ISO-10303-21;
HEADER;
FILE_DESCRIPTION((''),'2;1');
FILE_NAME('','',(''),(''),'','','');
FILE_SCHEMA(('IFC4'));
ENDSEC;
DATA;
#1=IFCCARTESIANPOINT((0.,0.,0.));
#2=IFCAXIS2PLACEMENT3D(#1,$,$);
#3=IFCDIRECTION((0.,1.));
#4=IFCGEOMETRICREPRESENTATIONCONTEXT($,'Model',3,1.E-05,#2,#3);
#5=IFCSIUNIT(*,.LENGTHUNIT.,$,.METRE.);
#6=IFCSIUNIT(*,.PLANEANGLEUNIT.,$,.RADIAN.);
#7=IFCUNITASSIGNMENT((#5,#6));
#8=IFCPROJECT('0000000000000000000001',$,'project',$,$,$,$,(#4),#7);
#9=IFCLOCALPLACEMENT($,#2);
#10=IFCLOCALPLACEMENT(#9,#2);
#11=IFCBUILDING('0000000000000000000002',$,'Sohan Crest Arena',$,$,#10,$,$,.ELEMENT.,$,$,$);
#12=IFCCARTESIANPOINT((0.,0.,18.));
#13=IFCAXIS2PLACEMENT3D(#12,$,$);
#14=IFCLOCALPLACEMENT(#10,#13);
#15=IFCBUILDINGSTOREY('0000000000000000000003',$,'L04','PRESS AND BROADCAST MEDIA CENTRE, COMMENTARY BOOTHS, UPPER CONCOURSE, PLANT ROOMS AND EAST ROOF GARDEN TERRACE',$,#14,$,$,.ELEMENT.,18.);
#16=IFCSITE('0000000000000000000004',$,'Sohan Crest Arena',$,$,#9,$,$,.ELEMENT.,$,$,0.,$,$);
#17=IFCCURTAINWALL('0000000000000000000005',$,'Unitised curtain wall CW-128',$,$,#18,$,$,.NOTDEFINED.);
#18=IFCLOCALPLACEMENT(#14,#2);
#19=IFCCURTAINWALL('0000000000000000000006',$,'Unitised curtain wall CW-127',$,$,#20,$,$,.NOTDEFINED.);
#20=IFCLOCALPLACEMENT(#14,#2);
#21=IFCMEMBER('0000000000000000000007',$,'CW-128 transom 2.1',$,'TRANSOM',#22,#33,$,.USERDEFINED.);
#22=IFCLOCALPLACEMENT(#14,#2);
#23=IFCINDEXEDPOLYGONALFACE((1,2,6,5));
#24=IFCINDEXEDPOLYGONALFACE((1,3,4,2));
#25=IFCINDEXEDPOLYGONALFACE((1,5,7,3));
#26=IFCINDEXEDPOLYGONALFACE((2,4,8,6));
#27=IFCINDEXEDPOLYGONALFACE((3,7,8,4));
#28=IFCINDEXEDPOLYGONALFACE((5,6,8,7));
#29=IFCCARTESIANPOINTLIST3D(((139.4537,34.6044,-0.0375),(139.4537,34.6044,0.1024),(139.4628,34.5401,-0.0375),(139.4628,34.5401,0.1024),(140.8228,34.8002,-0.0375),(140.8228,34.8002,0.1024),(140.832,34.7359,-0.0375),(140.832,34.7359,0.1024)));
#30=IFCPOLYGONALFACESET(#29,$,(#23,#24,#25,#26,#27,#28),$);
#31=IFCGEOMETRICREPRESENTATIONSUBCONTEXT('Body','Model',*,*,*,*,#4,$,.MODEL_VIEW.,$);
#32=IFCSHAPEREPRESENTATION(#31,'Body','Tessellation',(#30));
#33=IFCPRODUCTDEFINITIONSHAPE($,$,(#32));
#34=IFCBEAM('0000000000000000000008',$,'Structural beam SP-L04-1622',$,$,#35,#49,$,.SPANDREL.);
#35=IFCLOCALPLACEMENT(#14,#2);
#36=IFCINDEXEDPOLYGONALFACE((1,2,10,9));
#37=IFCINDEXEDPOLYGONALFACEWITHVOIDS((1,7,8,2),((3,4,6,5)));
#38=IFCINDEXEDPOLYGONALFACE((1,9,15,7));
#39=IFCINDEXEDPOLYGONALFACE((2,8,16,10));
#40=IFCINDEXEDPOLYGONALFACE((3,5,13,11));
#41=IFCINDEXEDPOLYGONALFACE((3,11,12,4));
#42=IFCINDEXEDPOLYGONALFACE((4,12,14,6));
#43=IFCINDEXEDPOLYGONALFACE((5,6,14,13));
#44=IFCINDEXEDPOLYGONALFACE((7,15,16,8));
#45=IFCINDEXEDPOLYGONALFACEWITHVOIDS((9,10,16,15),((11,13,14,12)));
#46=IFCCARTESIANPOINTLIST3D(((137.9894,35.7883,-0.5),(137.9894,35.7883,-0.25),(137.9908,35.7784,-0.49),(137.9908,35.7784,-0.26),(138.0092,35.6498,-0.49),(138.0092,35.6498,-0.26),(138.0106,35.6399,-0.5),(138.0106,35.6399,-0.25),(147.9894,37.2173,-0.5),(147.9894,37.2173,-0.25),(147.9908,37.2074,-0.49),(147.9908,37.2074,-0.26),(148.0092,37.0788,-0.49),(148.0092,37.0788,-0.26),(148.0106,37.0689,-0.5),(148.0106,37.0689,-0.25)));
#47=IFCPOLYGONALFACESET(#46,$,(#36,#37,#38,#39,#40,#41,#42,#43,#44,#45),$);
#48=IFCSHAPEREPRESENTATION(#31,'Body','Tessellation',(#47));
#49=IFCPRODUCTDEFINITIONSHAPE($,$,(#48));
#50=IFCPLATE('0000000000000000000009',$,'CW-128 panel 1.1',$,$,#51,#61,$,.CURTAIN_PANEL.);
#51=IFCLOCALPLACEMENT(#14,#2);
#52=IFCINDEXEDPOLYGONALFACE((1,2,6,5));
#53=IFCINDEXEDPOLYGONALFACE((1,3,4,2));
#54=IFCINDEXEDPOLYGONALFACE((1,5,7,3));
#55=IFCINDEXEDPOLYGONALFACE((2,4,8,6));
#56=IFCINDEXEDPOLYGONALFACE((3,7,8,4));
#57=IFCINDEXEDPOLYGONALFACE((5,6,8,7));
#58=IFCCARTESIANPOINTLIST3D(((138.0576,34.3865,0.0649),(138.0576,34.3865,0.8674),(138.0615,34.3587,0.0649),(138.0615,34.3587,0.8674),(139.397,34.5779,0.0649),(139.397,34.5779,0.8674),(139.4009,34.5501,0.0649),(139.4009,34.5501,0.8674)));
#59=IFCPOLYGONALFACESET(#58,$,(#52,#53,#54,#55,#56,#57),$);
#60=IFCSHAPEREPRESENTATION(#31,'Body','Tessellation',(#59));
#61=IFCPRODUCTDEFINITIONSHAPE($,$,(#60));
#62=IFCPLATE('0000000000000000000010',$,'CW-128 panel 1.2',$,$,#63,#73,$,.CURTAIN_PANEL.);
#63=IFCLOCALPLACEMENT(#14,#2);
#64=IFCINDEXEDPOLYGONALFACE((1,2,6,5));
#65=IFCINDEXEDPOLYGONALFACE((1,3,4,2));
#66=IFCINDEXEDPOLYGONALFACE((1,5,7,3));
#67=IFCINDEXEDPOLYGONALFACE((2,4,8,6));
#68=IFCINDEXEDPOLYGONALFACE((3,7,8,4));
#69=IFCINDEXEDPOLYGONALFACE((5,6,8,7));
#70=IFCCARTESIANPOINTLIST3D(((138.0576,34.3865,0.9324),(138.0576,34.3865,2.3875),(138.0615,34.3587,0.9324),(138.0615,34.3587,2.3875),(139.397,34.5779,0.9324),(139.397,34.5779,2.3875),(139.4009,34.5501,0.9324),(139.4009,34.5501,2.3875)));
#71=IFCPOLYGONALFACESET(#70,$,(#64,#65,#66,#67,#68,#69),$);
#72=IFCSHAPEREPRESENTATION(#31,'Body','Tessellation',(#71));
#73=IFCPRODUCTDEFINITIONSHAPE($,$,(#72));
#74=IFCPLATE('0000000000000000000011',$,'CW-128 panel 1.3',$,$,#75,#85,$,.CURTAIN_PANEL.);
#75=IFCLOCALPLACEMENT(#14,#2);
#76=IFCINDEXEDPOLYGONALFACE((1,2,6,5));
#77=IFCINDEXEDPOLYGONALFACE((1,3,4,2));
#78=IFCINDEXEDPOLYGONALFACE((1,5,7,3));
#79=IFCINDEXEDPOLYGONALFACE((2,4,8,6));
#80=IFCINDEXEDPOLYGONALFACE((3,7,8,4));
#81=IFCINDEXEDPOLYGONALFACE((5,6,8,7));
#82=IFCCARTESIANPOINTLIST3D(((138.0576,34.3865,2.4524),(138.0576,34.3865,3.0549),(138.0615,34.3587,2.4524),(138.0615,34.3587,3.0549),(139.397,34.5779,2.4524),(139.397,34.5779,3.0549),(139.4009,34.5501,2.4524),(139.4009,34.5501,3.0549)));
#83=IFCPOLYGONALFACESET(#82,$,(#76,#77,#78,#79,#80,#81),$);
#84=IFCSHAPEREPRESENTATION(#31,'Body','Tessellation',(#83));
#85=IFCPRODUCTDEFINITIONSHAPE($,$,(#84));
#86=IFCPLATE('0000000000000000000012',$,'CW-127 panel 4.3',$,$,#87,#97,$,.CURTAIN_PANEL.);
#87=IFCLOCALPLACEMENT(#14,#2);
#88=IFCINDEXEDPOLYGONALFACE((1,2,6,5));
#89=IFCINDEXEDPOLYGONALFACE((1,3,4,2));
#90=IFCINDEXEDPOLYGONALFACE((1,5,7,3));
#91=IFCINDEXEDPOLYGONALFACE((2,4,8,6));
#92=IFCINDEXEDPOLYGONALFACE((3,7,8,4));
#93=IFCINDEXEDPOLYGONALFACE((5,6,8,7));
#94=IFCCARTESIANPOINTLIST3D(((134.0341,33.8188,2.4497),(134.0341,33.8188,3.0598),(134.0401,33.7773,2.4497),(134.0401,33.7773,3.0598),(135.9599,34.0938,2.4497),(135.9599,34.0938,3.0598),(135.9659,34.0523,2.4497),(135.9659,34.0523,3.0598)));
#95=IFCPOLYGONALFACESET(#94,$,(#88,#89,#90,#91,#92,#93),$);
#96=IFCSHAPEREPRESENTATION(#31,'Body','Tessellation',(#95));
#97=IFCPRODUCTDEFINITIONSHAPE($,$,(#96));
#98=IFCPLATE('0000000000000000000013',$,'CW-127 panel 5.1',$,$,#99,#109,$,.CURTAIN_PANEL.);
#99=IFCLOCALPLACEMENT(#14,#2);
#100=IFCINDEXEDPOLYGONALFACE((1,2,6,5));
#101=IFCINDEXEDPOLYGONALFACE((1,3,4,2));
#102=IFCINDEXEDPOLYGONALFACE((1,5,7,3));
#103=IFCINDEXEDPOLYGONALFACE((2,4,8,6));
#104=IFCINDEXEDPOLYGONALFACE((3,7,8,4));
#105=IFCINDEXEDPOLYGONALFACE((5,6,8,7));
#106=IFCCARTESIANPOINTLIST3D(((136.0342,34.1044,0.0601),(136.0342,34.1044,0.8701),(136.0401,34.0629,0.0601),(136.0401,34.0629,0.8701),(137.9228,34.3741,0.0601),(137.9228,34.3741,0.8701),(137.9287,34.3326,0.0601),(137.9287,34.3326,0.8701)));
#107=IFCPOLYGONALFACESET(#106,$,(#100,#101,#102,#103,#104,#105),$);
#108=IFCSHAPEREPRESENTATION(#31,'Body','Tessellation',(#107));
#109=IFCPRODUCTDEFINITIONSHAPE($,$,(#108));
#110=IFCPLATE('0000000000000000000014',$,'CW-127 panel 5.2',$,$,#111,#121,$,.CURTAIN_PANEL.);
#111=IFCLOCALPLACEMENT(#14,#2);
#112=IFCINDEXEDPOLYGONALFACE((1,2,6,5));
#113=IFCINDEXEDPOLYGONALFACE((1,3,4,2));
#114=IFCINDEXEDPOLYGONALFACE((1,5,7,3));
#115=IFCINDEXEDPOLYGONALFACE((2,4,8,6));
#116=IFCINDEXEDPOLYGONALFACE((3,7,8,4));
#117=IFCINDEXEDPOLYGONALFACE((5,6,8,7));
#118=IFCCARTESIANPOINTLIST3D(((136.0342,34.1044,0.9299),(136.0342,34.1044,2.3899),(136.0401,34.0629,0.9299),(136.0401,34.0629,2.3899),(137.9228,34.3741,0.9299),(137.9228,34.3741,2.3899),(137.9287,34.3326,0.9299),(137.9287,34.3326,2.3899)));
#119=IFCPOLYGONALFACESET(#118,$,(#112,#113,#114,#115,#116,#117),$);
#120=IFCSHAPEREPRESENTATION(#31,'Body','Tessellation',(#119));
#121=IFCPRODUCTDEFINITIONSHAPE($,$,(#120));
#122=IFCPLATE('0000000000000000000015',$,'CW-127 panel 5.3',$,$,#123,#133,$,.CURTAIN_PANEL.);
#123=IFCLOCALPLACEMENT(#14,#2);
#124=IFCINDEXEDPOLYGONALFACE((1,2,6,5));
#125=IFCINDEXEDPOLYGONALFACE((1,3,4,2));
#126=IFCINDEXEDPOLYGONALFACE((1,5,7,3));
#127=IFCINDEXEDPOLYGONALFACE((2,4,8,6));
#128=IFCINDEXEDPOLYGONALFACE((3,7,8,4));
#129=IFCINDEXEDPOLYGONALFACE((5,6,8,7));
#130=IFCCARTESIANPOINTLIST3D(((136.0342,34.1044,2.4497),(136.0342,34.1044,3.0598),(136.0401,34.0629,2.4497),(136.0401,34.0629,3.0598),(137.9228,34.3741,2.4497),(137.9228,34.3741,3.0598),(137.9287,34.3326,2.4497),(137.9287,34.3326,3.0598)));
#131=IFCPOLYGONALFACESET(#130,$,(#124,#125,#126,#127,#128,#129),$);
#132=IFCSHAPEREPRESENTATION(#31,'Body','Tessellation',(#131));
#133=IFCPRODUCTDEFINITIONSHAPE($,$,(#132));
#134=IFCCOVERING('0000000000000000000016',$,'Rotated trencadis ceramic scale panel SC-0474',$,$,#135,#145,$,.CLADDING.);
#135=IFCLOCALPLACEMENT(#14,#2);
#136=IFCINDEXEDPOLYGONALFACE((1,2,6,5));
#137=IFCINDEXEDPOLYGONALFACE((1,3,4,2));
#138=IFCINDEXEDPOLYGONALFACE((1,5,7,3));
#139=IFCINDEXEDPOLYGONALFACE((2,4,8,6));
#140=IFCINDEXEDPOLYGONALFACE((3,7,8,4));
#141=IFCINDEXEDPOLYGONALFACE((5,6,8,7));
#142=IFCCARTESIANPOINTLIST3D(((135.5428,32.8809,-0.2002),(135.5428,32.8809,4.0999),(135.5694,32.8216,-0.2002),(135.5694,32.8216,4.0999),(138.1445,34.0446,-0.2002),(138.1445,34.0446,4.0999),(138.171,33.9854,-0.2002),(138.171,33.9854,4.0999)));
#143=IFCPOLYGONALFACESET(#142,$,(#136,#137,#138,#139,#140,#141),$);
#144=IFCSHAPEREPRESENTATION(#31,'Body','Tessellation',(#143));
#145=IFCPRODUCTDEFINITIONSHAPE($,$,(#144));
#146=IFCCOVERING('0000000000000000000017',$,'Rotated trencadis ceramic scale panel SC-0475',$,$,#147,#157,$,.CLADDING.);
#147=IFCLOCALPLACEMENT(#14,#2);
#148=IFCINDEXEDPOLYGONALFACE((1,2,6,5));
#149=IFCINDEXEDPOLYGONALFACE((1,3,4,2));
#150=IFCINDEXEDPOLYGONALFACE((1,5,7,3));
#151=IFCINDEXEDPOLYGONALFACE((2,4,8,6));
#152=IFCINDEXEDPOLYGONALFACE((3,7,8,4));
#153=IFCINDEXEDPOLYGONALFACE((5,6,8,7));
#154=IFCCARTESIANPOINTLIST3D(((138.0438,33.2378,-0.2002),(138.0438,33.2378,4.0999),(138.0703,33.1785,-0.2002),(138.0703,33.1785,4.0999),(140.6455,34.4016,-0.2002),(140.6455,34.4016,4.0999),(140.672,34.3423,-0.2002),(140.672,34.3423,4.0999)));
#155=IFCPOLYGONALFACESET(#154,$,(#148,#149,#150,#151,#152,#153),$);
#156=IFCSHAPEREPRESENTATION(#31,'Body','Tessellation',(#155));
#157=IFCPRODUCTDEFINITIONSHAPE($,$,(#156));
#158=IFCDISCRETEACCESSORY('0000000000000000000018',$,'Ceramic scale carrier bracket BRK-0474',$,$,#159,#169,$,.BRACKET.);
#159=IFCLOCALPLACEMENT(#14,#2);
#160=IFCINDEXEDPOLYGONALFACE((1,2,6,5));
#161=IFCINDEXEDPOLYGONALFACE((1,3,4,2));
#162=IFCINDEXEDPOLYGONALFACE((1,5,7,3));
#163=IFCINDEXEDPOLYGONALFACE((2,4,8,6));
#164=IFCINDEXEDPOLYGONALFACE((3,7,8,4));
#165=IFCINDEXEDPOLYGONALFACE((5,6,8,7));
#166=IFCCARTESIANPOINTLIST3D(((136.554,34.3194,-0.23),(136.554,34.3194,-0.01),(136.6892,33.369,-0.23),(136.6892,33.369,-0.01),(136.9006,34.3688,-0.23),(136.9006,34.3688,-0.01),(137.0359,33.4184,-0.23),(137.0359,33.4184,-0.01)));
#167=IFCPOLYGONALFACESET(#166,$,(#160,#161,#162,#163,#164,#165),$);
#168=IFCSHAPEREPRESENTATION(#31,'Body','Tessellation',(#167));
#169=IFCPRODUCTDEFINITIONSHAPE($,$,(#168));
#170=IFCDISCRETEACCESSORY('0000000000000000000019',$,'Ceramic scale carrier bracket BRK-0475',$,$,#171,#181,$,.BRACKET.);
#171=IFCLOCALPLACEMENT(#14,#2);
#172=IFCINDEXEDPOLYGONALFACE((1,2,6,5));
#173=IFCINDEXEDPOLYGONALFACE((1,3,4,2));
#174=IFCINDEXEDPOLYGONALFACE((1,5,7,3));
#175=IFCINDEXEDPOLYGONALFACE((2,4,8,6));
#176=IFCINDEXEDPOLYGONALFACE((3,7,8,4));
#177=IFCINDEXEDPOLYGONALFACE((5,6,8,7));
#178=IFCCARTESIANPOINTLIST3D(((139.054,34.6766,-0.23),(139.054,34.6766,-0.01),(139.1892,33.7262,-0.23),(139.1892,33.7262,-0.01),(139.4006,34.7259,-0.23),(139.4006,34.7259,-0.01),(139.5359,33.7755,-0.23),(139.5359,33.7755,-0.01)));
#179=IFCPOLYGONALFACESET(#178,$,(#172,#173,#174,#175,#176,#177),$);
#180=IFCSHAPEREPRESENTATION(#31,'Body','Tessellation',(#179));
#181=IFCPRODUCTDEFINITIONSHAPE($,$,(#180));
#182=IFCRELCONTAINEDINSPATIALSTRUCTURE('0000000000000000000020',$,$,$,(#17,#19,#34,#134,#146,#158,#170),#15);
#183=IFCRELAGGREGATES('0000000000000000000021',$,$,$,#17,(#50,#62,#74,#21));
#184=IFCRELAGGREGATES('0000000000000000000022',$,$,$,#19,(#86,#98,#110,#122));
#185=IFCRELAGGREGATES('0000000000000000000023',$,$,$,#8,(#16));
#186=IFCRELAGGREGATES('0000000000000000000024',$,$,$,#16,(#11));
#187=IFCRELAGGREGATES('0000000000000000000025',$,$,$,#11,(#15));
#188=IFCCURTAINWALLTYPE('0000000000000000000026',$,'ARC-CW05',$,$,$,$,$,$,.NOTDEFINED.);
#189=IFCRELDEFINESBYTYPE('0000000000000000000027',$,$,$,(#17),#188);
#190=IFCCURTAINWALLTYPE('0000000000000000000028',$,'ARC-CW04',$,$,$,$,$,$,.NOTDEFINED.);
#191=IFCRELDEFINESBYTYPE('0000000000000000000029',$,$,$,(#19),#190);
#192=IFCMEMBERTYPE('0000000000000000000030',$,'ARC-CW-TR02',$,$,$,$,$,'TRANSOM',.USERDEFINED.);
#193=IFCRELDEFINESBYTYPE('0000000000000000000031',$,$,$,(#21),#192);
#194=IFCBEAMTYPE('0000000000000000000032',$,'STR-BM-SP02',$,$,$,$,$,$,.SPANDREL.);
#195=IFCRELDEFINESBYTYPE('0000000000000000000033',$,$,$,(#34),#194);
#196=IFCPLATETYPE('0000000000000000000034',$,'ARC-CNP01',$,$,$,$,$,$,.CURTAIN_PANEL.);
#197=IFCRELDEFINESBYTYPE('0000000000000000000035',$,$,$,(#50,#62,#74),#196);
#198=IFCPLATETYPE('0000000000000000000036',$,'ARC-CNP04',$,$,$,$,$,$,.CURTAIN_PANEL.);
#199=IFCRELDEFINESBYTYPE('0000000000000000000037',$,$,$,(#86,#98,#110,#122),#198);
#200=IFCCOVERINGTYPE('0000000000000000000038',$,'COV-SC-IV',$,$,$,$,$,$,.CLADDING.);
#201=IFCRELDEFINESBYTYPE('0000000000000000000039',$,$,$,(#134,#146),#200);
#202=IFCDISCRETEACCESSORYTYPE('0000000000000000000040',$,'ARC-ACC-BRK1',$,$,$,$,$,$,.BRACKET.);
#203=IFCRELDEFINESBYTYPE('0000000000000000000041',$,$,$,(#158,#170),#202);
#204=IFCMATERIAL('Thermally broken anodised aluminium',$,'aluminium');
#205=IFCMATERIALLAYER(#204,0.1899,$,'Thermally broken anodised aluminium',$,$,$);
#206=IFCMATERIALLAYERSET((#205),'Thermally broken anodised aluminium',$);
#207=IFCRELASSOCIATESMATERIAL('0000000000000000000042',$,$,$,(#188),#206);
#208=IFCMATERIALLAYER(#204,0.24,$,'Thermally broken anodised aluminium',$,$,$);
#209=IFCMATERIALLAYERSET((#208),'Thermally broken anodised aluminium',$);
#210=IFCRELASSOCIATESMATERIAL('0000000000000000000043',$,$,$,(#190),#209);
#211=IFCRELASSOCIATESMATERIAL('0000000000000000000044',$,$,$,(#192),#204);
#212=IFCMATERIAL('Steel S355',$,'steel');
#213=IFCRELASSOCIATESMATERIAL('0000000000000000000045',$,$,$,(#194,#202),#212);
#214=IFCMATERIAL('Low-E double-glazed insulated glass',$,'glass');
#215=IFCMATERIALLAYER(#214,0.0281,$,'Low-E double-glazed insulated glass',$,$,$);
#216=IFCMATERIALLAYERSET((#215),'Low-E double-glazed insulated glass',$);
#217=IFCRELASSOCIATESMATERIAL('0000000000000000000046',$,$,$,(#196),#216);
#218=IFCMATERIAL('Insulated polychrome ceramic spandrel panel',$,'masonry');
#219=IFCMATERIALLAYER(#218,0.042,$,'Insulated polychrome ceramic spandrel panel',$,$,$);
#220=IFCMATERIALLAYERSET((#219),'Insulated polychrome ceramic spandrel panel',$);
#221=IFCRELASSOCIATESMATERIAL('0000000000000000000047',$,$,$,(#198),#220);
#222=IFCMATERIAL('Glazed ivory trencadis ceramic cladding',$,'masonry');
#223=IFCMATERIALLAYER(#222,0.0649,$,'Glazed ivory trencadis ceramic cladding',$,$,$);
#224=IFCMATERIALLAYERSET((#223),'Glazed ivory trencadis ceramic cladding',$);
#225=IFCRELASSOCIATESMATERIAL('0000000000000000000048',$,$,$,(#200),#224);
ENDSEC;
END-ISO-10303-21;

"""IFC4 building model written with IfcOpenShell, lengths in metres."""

from ifc_helpers import new_model, si_unit, direction, frame, origin, origin_2d, place, context, subcontext, project, spatial, rectangle, hollow_rectangle, extrude, material, layer, layer_set, material_profile, profile_set, type_object, element, aggregate, save


model = new_model("IFC4")

# Units and contexts
model_context = context("Model", 3, precision=1e-05, world=origin(), true_north=direction((0.0, 1.0)))
body_context = subcontext(model_context, "Body", "Model", "MODEL_VIEW")
ifc_project = project(units=[si_unit("LENGTHUNIT", "METRE"), si_unit("PLANEANGLEUNIT", "RADIAN")], contexts=[model_context])

# Site, building, storey
site_placement = place(None, origin())
site = spatial("IfcSite", under=ifc_project, at=site_placement, Name="Sohan Crest Arena", CompositionType="ELEMENT", RefElevation=0.0)
building_placement = place(site_placement, origin())
building = spatial("IfcBuilding", under=site, at=building_placement, Name="Sohan Crest Arena", CompositionType="ELEMENT")
storey_placement = place(building_placement, frame((0.0, 0.0, 18.0)))
storey = spatial("IfcBuildingStorey", under=building, at=storey_placement, Name="L04", Description="PRESS AND BROADCAST MEDIA CENTRE, COMMENTARY BOOTHS, UPPER CONCOURSE, PLANT ROOMS AND EAST ROOF GARDEN TERRACE", CompositionType="ELEMENT", Elevation=18.0)

# Shared definitions
ifc_material_1 = material(Name="Steel S355", Category="steel")

# Curtain walls
ifc_material_2 = material(Name="Thermally broken anodised aluminium", Category="aluminium")
ifc_layer_1 = layer(ifc_material_2, 0.1899, Name="Thermally broken anodised aluminium")
ifc_layer_set_1 = layer_set([ifc_layer_1], Name="Thermally broken anodised aluminium")
curtain_wall_type_1 = type_object("IfcCurtainWallType", Name="ARC-CW05", PredefinedType="NOTDEFINED", material=ifc_layer_set_1)
curtain_wall_1_placement = place(storey_placement, origin())
curtain_wall_1 = element("IfcCurtainWall", 1, at=curtain_wall_1_placement, inside=storey, type_object=curtain_wall_type_1, Name="Unitised curtain wall CW-128", PredefinedType="NOTDEFINED")
ifc_layer_2 = layer(ifc_material_2, 0.24, Name="Thermally broken anodised aluminium")
ifc_layer_set_2 = layer_set([ifc_layer_2], Name="Thermally broken anodised aluminium")
curtain_wall_type_2 = type_object("IfcCurtainWallType", Name="ARC-CW04", PredefinedType="NOTDEFINED", material=ifc_layer_set_2)
curtain_wall_2_placement = place(storey_placement, origin())
curtain_wall_2 = element("IfcCurtainWall", 2, at=curtain_wall_2_placement, inside=storey, type_object=curtain_wall_type_2, Name="Unitised curtain wall CW-127", PredefinedType="NOTDEFINED")

# Member
ifc_material_profile_1 = material_profile(ifc_material_2, rectangle(XDim=0.0649, YDim=0.1399, at=origin_2d()), Name="ALU-TRAN 65x140")
ifc_profile_set_1 = profile_set([ifc_material_profile_1], Name="Thermally broken anodised aluminium")
member_type_1 = type_object("IfcMemberType", Name="ARC-CW-TR02", ElementType="TRANSOM", PredefinedType="USERDEFINED", material=ifc_profile_set_1)
member_1_placement = place(storey_placement, frame((139.4583, 34.5723, 0.0325), z_axis=(0.989928, 0.14157, 0.0), x_axis=(-0.14157, 0.989928, 0.0)))
member_1 = element("IfcMember", 3, at=member_1_placement, type_object=member_type_1, Name="CW-128 transom 2.1", ObjectType="TRANSOM", PredefinedType="USERDEFINED", context=body_context, shape_type="SweptSolid", body=[
    extrude(rectangle(XDim=0.0649, YDim=0.1399, at=origin_2d()), origin(), (0.0, 0.0, 1.0), 1.3831),
])

# Beam
ifc_material_profile_2 = material_profile(ifc_material_1, hollow_rectangle(XDim=0.1499, YDim=0.25, WallThickness=0.01, at=origin_2d()), Name="RHS 250x150x10")
ifc_profile_set_2 = profile_set([ifc_material_profile_2], Name="Steel S355")
beam_type = type_object("IfcBeamType", Name="STR-BM-SP02", PredefinedType="SPANDREL", material=ifc_profile_set_2)
beam_placement = place(storey_placement, frame((138.0, 35.7141, -0.375), z_axis=(0.989944, 0.141459, 0.0), x_axis=(-0.141459, 0.989944, 0.0)))
element("IfcBeam", 4, at=beam_placement, inside=storey, type_object=beam_type, Name="Structural beam SP-L04-1622", PredefinedType="SPANDREL", context=body_context, shape_type="SweptSolid", body=[
    extrude(hollow_rectangle(XDim=0.1499, YDim=0.25, WallThickness=0.01, at=origin_2d()), origin(), (0.0, 0.0, 1.0), 10.1016),
])

# Plates
ifc_material_3 = material(Name="Low-E double-glazed insulated glass", Category="glass")
ifc_layer_3 = layer(ifc_material_3, 0.0281, Name="Low-E double-glazed insulated glass")
ifc_layer_set_3 = layer_set([ifc_layer_3], Name="Low-E double-glazed insulated glass")
plate_type_1 = type_object("IfcPlateType", Name="ARC-CNP01", PredefinedType="CURTAIN_PANEL", material=ifc_layer_set_3)
plate_1_placement = place(storey_placement, frame((138.7292, 34.4683, 0.0649), z_axis=(0.0, 0.0, 1.0), x_axis=(0.989944, 0.141463, 0.0)))
plate_1 = element("IfcPlate", 5, at=plate_1_placement, type_object=plate_type_1, Name="CW-128 panel 1.1", PredefinedType="CURTAIN_PANEL", context=body_context, shape_type="SweptSolid", body=[
    extrude(rectangle(XDim=1.353, YDim=0.0281, at=origin_2d()), origin(), (0.0, 0.0, 1.0), 0.8025),
])
plate_2_placement = place(storey_placement, frame((138.7292, 34.4683, 0.9324), z_axis=(0.0, 0.0, 1.0), x_axis=(0.989944, 0.141463, 0.0)))
plate_2 = element("IfcPlate", 6, at=plate_2_placement, type_object=plate_type_1, Name="CW-128 panel 1.2", PredefinedType="CURTAIN_PANEL", context=body_context, shape_type="SweptSolid", body=[
    extrude(rectangle(XDim=1.353, YDim=0.0281, at=origin_2d()), origin(), (0.0, 0.0, 1.0), 1.4551),
])
plate_3_placement = place(storey_placement, frame((138.7292, 34.4683, 2.4524), z_axis=(0.0, 0.0, 1.0), x_axis=(0.989944, 0.141463, 0.0)))
plate_3 = element("IfcPlate", 7, at=plate_3_placement, type_object=plate_type_1, Name="CW-128 panel 1.3", PredefinedType="CURTAIN_PANEL", context=body_context, shape_type="SweptSolid", body=[
    extrude(rectangle(XDim=1.353, YDim=0.0281, at=origin_2d()), origin(), (0.0, 0.0, 1.0), 0.6025),
])
aggregate(curtain_wall_1, [plate_1, plate_2, plate_3, member_1])
ifc_material_4 = material(Name="Insulated polychrome ceramic spandrel panel", Category="masonry")
ifc_layer_4 = layer(ifc_material_4, 0.042, Name="Insulated polychrome ceramic spandrel panel")
ifc_layer_set_4 = layer_set([ifc_layer_4], Name="Insulated polychrome ceramic spandrel panel")
plate_type_2 = type_object("IfcPlateType", Name="ARC-CNP04", PredefinedType="CURTAIN_PANEL", material=ifc_layer_set_4)
plate_4_placement = place(storey_placement, frame((135.0, 33.9355, 2.4497), z_axis=(0.0, 0.0, 1.0), x_axis=(0.989957, 0.141366, 0.0)))
plate_4 = element("IfcPlate", 8, at=plate_4_placement, type_object=plate_type_2, Name="CW-127 panel 4.3", PredefinedType="CURTAIN_PANEL", context=body_context, shape_type="SweptSolid", body=[
    extrude(rectangle(XDim=1.9453, YDim=0.042, at=origin_2d()), origin(), (0.0, 0.0, 1.0), 0.6101),
])
plate_5_placement = place(storey_placement, frame((136.9814, 34.2185, 0.0601), z_axis=(0.0, 0.0, 1.0), x_axis=(0.989957, 0.141366, 0.0)))
plate_5 = element("IfcPlate", 9, at=plate_5_placement, type_object=plate_type_2, Name="CW-127 panel 5.1", PredefinedType="CURTAIN_PANEL", context=body_context, shape_type="SweptSolid", body=[
    extrude(rectangle(XDim=1.9077, YDim=0.042, at=origin_2d()), origin(), (0.0, 0.0, 1.0), 0.8101),
])
plate_6_placement = place(storey_placement, frame((136.9814, 34.2185, 0.9299), z_axis=(0.0, 0.0, 1.0), x_axis=(0.989957, 0.141366, 0.0)))
plate_6 = element("IfcPlate", 10, at=plate_6_placement, type_object=plate_type_2, Name="CW-127 panel 5.2", PredefinedType="CURTAIN_PANEL", context=body_context, shape_type="SweptSolid", body=[
    extrude(rectangle(XDim=1.9077, YDim=0.042, at=origin_2d()), origin(), (0.0, 0.0, 1.0), 1.46),
])
plate_7_placement = place(storey_placement, frame((136.9814, 34.2185, 2.4497), z_axis=(0.0, 0.0, 1.0), x_axis=(0.989957, 0.141366, 0.0)))
plate_7 = element("IfcPlate", 11, at=plate_7_placement, type_object=plate_type_2, Name="CW-127 panel 5.3", PredefinedType="CURTAIN_PANEL", context=body_context, shape_type="SweptSolid", body=[
    extrude(rectangle(XDim=1.9077, YDim=0.042, at=origin_2d()), origin(), (0.0, 0.0, 1.0), 0.6101),
])
aggregate(curtain_wall_2, [plate_4, plate_5, plate_6, plate_7])

# Coverings
ifc_material_5 = material(Name="Glazed ivory trencadis ceramic cladding", Category="masonry")
ifc_layer_5 = layer(ifc_material_5, 0.0649, Name="Glazed ivory trencadis ceramic cladding")
ifc_layer_set_5 = layer_set([ifc_layer_5], Name="Glazed ivory trencadis ceramic cladding")
covering_type = type_object("IfcCoveringType", Name="COV-SC-IV", PredefinedType="CLADDING", material=ifc_layer_set_5)
for number, where, z_axis, x_axis, name in (
    (12, (136.8569, 33.4331, -0.2002), (0.0, 0.0, 1.0), (0.912834, 0.40833, 0.0), "Rotated trencadis ceramic scale panel SC-0474"),
    (13, (139.3579, 33.79, -0.2002), (0.0, 0.0, 1.0), (0.912834, 0.40833, 0.0), "Rotated trencadis ceramic scale panel SC-0475"),
):
    element("IfcCovering", number, at=place(storey_placement, frame(where, z_axis=z_axis, x_axis=x_axis)), inside=storey, type_object=covering_type, Name=name, PredefinedType="CLADDING", context=body_context, shape_type="SweptSolid", body=[
        extrude(rectangle(XDim=2.8501, YDim=0.0649, at=origin_2d()), origin(), (0.0, 0.0, 1.0), 4.3),
    ])

# Discrete accessories
discrete_accessory_type = type_object("IfcDiscreteAccessoryType", Name="ARC-ACC-BRK1", PredefinedType="BRACKET", material=ifc_material_1)
for number, where, z_axis, x_axis, name in (
    (14, (136.7949, 33.8689, -0.23), (0.0, 0.0, 1.0), (0.990024, 0.140901, 0.0), "Ceramic scale carrier bracket BRK-0474"),
    (15, (139.2949, 34.2261, -0.23), (0.0, 0.0, 1.0), (0.990024, 0.140901, 0.0), "Ceramic scale carrier bracket BRK-0475"),
):
    element("IfcDiscreteAccessory", number, at=place(storey_placement, frame(where, z_axis=z_axis, x_axis=x_axis)), inside=storey, type_object=discrete_accessory_type, Name=name, PredefinedType="BRACKET", context=body_context, shape_type="SweptSolid", body=[
        extrude(rectangle(XDim=0.3501, YDim=0.96, at=origin_2d()), origin(), (0.0, 0.0, 1.0), 0.22),
    ])

save(model, "model.ifc")
